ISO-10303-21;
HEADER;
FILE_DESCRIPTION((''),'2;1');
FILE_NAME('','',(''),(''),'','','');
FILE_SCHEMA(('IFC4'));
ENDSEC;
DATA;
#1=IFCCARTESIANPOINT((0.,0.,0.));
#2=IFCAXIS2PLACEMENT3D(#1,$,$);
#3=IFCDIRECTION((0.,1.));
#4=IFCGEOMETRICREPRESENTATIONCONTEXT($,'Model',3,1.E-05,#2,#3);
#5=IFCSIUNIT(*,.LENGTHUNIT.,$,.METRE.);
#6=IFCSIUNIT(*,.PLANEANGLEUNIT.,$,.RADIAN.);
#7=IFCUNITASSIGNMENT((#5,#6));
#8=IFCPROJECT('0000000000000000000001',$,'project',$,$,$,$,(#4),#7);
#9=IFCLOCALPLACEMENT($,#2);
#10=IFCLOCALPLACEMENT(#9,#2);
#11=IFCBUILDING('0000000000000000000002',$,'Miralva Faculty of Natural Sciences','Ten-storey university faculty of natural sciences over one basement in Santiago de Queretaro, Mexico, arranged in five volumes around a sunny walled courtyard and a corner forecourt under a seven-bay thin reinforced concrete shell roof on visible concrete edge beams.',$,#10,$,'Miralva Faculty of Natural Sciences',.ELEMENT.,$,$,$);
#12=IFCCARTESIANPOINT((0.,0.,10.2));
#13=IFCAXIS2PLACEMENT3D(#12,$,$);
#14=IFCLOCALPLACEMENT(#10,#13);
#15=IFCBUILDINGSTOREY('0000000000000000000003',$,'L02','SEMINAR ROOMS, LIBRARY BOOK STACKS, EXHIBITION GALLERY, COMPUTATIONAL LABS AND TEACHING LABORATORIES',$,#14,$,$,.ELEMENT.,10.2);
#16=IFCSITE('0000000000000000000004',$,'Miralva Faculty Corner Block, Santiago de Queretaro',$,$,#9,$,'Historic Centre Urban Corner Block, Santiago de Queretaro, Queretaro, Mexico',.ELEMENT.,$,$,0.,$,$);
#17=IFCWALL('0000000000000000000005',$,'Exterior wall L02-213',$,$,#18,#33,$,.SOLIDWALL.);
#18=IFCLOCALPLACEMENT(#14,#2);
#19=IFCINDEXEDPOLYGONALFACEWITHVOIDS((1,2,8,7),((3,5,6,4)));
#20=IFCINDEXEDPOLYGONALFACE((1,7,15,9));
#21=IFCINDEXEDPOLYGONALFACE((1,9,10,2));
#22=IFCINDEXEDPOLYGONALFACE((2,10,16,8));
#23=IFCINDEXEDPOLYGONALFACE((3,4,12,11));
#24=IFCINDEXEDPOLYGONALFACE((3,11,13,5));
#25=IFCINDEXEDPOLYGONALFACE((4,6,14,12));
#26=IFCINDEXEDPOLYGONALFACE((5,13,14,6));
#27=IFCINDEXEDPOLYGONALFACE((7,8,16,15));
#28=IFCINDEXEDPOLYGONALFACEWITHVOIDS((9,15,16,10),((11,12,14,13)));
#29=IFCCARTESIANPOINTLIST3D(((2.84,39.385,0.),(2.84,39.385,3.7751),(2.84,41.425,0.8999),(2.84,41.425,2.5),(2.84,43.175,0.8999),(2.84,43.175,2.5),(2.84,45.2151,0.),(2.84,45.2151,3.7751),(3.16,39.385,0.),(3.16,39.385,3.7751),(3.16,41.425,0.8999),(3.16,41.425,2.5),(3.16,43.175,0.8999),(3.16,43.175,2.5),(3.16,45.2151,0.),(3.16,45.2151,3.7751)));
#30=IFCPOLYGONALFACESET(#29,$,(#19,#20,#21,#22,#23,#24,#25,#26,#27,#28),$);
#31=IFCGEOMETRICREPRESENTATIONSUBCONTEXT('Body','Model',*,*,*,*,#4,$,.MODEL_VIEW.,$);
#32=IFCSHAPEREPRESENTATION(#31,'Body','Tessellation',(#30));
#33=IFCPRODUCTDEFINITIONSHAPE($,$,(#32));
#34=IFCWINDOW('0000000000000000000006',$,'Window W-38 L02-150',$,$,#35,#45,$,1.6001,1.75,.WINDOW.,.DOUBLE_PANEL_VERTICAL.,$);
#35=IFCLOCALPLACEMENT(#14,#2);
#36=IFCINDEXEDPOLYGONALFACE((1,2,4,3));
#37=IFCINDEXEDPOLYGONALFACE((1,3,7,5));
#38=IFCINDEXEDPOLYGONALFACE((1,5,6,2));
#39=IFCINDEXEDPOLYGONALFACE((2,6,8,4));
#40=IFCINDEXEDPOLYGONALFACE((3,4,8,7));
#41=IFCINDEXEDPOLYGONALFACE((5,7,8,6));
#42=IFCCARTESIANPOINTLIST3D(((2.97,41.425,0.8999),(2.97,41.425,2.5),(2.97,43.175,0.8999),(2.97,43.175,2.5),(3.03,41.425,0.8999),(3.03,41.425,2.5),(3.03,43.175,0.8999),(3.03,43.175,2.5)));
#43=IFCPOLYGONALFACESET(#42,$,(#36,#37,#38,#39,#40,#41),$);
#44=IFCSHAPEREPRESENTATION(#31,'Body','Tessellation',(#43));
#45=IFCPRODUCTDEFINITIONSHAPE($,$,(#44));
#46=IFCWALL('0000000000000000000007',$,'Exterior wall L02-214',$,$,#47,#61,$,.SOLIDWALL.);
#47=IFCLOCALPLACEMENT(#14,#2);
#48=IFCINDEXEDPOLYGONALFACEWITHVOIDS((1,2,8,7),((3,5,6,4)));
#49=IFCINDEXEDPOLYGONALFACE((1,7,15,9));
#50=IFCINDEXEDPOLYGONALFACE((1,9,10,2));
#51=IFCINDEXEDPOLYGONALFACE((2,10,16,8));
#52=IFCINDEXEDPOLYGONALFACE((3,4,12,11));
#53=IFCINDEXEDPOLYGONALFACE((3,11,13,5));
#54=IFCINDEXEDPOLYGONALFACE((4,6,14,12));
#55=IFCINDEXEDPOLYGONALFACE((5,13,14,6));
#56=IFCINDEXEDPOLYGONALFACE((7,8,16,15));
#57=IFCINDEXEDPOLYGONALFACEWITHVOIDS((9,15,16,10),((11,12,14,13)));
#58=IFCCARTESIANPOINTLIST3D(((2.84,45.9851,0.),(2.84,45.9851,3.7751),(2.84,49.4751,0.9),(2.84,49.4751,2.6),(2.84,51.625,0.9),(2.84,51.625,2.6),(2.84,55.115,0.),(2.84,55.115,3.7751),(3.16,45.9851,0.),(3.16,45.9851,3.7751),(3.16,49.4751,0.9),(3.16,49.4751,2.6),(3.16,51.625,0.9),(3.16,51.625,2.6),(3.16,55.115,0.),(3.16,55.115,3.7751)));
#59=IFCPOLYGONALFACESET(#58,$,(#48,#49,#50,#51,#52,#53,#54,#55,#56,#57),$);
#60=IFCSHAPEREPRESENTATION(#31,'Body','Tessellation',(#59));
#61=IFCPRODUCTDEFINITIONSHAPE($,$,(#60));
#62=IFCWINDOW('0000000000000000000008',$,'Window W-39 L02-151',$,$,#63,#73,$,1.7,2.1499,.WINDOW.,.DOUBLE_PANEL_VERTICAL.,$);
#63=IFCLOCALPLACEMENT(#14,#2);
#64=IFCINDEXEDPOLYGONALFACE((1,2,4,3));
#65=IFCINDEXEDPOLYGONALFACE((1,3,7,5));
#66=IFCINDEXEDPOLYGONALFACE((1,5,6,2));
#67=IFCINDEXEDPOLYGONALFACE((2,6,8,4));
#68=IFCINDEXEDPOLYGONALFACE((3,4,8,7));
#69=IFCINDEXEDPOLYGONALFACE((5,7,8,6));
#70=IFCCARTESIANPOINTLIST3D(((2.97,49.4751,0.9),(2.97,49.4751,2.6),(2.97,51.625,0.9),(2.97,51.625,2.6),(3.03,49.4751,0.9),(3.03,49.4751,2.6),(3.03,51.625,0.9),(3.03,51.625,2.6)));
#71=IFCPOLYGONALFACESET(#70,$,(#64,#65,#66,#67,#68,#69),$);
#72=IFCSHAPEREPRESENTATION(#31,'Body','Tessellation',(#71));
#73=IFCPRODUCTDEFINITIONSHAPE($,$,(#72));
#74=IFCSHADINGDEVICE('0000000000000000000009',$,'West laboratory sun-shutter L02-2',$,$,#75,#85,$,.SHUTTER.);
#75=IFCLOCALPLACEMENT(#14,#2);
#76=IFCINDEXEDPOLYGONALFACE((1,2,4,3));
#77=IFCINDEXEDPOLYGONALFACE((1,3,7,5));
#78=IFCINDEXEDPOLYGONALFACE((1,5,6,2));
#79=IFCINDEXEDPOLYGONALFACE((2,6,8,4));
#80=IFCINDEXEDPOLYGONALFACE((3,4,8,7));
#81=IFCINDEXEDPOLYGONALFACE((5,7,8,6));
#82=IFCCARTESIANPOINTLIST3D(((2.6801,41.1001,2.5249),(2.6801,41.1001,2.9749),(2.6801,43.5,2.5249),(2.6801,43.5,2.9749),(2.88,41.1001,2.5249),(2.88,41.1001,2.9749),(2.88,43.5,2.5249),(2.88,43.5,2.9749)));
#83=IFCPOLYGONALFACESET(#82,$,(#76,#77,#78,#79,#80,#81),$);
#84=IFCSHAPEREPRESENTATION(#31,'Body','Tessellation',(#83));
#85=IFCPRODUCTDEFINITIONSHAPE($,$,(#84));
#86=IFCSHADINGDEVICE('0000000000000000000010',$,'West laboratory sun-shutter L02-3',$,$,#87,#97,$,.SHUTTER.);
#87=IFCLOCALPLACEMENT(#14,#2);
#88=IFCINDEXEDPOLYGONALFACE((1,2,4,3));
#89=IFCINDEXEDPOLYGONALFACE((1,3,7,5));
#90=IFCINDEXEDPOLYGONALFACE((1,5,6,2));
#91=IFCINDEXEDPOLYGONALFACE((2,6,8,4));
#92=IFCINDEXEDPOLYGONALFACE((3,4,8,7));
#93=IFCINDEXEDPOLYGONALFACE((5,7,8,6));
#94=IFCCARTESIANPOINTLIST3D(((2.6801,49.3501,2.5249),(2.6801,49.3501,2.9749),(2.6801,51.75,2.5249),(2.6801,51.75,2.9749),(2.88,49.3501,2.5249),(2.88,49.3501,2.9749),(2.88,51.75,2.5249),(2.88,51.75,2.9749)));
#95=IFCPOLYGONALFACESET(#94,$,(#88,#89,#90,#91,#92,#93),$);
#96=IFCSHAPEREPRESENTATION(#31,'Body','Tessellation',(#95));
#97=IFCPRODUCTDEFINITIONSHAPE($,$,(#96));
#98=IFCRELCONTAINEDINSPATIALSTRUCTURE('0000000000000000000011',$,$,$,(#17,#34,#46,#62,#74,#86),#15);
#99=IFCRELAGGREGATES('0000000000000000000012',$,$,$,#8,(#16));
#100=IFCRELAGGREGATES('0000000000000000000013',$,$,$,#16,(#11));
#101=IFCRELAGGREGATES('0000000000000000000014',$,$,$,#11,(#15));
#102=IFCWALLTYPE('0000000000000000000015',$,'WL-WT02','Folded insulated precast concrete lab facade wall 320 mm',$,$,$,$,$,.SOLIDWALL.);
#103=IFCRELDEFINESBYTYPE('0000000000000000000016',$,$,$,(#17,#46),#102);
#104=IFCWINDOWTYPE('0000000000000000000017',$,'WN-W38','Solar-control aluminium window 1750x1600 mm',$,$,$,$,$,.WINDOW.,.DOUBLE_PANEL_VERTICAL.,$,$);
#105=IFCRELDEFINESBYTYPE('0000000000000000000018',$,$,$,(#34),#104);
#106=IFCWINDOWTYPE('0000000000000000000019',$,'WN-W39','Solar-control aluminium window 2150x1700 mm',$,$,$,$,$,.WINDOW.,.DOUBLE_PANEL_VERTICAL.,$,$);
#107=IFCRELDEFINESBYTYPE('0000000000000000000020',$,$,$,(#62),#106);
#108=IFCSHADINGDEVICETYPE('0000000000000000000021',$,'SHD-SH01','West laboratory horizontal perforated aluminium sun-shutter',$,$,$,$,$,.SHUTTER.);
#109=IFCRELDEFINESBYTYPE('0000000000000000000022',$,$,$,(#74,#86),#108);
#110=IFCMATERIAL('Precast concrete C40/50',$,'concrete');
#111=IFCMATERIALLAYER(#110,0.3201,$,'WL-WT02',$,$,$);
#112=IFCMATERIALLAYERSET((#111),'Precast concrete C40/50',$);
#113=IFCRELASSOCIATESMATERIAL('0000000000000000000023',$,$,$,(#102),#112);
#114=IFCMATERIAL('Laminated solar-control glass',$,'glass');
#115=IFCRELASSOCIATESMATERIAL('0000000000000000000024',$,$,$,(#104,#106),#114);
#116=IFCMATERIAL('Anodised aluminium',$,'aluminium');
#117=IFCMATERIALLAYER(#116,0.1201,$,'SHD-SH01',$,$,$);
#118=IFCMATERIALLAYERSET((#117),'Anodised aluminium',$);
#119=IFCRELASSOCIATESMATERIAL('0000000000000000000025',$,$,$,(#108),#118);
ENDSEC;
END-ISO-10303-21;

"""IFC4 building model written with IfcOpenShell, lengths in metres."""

from ifc_helpers import new_model, si_unit, direction, frame, frame_2d, origin, origin_2d, place, context, subcontext, project, spatial, rectangle, extrude, material, layer, layer_set, type_object, element, fill, save


model = new_model("IFC4")

# Units and contexts
model_context = context("Model", 3, precision=1e-05, world=origin(), true_north=direction((0.0, 1.0)))
body_context = subcontext(model_context, "Body", "Model", "MODEL_VIEW")
ifc_project = project(units=[si_unit("LENGTHUNIT", "METRE"), si_unit("PLANEANGLEUNIT", "RADIAN")], contexts=[model_context])

# Site, building, storey
site_placement = place(None, origin())
site = spatial("IfcSite", under=ifc_project, at=site_placement, Name="Miralva Faculty Corner Block, Santiago de Queretaro", LongName="Historic Centre Urban Corner Block, Santiago de Queretaro, Queretaro, Mexico", CompositionType="ELEMENT", RefElevation=0.0)
building_placement = place(site_placement, origin())
building = spatial("IfcBuilding", under=site, at=building_placement, Name="Miralva Faculty of Natural Sciences", Description="Ten-storey university faculty of natural sciences over one basement in Santiago de Queretaro, Mexico, arranged in five volumes around a sunny walled courtyard and a corner forecourt under a seven-bay thin reinforced concrete shell roof on visible concrete edge beams.", LongName="Miralva Faculty of Natural Sciences", CompositionType="ELEMENT")
storey_placement = place(building_placement, frame((0.0, 0.0, 10.2)))
storey = spatial("IfcBuildingStorey", under=building, at=storey_placement, Name="L02", Description="SEMINAR ROOMS, LIBRARY BOOK STACKS, EXHIBITION GALLERY, COMPUTATIONAL LABS AND TEACHING LABORATORIES", CompositionType="ELEMENT", Elevation=10.2)

# Walls, openings, windows
ifc_material_1 = material(Name="Precast concrete C40/50", Category="concrete")
ifc_layer_1 = layer(ifc_material_1, 0.3201, Name="WL-WT02")
ifc_layer_set_1 = layer_set([ifc_layer_1], Name="Precast concrete C40/50")
wall_type_1 = type_object("IfcWallType", Name="WL-WT02", Description="Folded insulated precast concrete lab facade wall 320 mm", PredefinedType="SOLIDWALL", material=ifc_layer_set_1)
wall_1_placement = place(storey_placement, frame((3.0, 39.385, 0.0), z_axis=(0.0, 0.0, 1.0), x_axis=(0.0, 1.0, 0.0)))
wall_1 = element("IfcWall", 1, at=wall_1_placement, inside=storey, type_object=wall_type_1, Name="Exterior wall L02-213", PredefinedType="SOLIDWALL", context=body_context, shape_type="SweptSolid", body=[
    extrude(rectangle(XDim=5.8301, YDim=0.3201, at=frame_2d((2.915, 0.0))), origin(), (0.0, 0.0, 1.0), 3.7751),
])
opening_1_placement = place(wall_1_placement, frame((2.04, 0.0, 0.8999)))
opening_1 = element("IfcOpeningElement", 2, at=opening_1_placement, cuts=wall_1, PredefinedType="OPENING", context=body_context, shape_type="SweptSolid", body=[
    extrude(rectangle(XDim=1.75, YDim=1.6001, at=frame_2d((0.875, 0.8))), frame((0.0, 0.1699, 0.0), z_axis=(0.0, -1.0, 0.0), x_axis=(1.0, 0.0, 0.0)), (0.0, 0.0, 1.0), 0.3401),
])
ifc_material_2 = material(Name="Laminated solar-control glass", Category="glass")
window_type_1 = type_object("IfcWindowType", Name="WN-W38", Description="Solar-control aluminium window 1750x1600 mm", PartitioningType="DOUBLE_PANEL_VERTICAL", PredefinedType="WINDOW", material=ifc_material_2)
window_1_placement = place(opening_1_placement, origin())
window_1 = element("IfcWindow", 3, at=window_1_placement, inside=storey, type_object=window_type_1, Name="Window W-38 L02-150", OverallHeight=1.6001, OverallWidth=1.75, PartitioningType="DOUBLE_PANEL_VERTICAL", PredefinedType="WINDOW", context=body_context, shape_type="SweptSolid", body=[
    extrude(rectangle(XDim=1.75, YDim=1.6001, at=frame_2d((0.875, 0.8))), frame((0.0, 0.03, 0.0), z_axis=(0.0, -1.0, 0.0), x_axis=(1.0, 0.0, 0.0)), (0.0, 0.0, 1.0), 0.0601),
])
fill(opening_1, window_1)
wall_2_placement = place(storey_placement, frame((3.0, 45.9851, 0.0), z_axis=(0.0, 0.0, 1.0), x_axis=(0.0, 1.0, 0.0)))
wall_2 = element("IfcWall", 4, at=wall_2_placement, inside=storey, type_object=wall_type_1, Name="Exterior wall L02-214", PredefinedType="SOLIDWALL", context=body_context, shape_type="SweptSolid", body=[
    extrude(rectangle(XDim=9.1299, YDim=0.3201, at=frame_2d((4.5649, 0.0))), origin(), (0.0, 0.0, 1.0), 3.7751),
])
opening_2_placement = place(wall_2_placement, frame((3.49, 0.0, 0.8999)))
opening_2 = element("IfcOpeningElement", 5, at=opening_2_placement, cuts=wall_2, PredefinedType="OPENING", context=body_context, shape_type="SweptSolid", body=[
    extrude(rectangle(XDim=2.1499, YDim=1.7, at=frame_2d((1.075, 0.8501))), frame((0.0, 0.1699, 0.0), z_axis=(0.0, -1.0, 0.0), x_axis=(1.0, 0.0, 0.0)), (0.0, 0.0, 1.0), 0.3401),
])
window_type_2 = type_object("IfcWindowType", Name="WN-W39", Description="Solar-control aluminium window 2150x1700 mm", PartitioningType="DOUBLE_PANEL_VERTICAL", PredefinedType="WINDOW", material=ifc_material_2)
window_2_placement = place(opening_2_placement, origin())
window_2 = element("IfcWindow", 6, at=window_2_placement, inside=storey, type_object=window_type_2, Name="Window W-39 L02-151", OverallHeight=1.7, OverallWidth=2.1499, PartitioningType="DOUBLE_PANEL_VERTICAL", PredefinedType="WINDOW", context=body_context, shape_type="SweptSolid", body=[
    extrude(rectangle(XDim=2.1499, YDim=1.7, at=frame_2d((1.075, 0.8501))), frame((0.0, 0.03, 0.0), z_axis=(0.0, -1.0, 0.0), x_axis=(1.0, 0.0, 0.0)), (0.0, 0.0, 1.0), 0.0601),
])
fill(opening_2, window_2)

# Shading devices
ifc_material_3 = material(Name="Anodised aluminium", Category="aluminium")
ifc_layer_2 = layer(ifc_material_3, 0.1201, Name="SHD-SH01")
ifc_layer_set_2 = layer_set([ifc_layer_2], Name="Anodised aluminium")
shading_device_type = type_object("IfcShadingDeviceType", Name="SHD-SH01", Description="West laboratory horizontal perforated aluminium sun-shutter", PredefinedType="SHUTTER", material=ifc_layer_set_2)
for number, where, z_axis, x_axis, name in (
    (7, (2.78, 42.3, 2.5249), (0.0, 0.0, 1.0), (1.0, 0.0, 0.0), "West laboratory sun-shutter L02-2"),
    (8, (2.78, 50.55, 2.5249), (0.0, 0.0, 1.0), (1.0, 0.0, 0.0), "West laboratory sun-shutter L02-3"),
):
    element("IfcShadingDevice", number, at=place(storey_placement, frame(where, z_axis=z_axis, x_axis=x_axis)), inside=storey, type_object=shading_device_type, Name=name, PredefinedType="SHUTTER", context=body_context, shape_type="SweptSolid", body=[
        extrude(rectangle(XDim=0.2, YDim=2.3999, at=origin_2d()), origin(), (0.0, 0.0, 1.0), 0.45),
    ])

save(model, "model.ifc")
